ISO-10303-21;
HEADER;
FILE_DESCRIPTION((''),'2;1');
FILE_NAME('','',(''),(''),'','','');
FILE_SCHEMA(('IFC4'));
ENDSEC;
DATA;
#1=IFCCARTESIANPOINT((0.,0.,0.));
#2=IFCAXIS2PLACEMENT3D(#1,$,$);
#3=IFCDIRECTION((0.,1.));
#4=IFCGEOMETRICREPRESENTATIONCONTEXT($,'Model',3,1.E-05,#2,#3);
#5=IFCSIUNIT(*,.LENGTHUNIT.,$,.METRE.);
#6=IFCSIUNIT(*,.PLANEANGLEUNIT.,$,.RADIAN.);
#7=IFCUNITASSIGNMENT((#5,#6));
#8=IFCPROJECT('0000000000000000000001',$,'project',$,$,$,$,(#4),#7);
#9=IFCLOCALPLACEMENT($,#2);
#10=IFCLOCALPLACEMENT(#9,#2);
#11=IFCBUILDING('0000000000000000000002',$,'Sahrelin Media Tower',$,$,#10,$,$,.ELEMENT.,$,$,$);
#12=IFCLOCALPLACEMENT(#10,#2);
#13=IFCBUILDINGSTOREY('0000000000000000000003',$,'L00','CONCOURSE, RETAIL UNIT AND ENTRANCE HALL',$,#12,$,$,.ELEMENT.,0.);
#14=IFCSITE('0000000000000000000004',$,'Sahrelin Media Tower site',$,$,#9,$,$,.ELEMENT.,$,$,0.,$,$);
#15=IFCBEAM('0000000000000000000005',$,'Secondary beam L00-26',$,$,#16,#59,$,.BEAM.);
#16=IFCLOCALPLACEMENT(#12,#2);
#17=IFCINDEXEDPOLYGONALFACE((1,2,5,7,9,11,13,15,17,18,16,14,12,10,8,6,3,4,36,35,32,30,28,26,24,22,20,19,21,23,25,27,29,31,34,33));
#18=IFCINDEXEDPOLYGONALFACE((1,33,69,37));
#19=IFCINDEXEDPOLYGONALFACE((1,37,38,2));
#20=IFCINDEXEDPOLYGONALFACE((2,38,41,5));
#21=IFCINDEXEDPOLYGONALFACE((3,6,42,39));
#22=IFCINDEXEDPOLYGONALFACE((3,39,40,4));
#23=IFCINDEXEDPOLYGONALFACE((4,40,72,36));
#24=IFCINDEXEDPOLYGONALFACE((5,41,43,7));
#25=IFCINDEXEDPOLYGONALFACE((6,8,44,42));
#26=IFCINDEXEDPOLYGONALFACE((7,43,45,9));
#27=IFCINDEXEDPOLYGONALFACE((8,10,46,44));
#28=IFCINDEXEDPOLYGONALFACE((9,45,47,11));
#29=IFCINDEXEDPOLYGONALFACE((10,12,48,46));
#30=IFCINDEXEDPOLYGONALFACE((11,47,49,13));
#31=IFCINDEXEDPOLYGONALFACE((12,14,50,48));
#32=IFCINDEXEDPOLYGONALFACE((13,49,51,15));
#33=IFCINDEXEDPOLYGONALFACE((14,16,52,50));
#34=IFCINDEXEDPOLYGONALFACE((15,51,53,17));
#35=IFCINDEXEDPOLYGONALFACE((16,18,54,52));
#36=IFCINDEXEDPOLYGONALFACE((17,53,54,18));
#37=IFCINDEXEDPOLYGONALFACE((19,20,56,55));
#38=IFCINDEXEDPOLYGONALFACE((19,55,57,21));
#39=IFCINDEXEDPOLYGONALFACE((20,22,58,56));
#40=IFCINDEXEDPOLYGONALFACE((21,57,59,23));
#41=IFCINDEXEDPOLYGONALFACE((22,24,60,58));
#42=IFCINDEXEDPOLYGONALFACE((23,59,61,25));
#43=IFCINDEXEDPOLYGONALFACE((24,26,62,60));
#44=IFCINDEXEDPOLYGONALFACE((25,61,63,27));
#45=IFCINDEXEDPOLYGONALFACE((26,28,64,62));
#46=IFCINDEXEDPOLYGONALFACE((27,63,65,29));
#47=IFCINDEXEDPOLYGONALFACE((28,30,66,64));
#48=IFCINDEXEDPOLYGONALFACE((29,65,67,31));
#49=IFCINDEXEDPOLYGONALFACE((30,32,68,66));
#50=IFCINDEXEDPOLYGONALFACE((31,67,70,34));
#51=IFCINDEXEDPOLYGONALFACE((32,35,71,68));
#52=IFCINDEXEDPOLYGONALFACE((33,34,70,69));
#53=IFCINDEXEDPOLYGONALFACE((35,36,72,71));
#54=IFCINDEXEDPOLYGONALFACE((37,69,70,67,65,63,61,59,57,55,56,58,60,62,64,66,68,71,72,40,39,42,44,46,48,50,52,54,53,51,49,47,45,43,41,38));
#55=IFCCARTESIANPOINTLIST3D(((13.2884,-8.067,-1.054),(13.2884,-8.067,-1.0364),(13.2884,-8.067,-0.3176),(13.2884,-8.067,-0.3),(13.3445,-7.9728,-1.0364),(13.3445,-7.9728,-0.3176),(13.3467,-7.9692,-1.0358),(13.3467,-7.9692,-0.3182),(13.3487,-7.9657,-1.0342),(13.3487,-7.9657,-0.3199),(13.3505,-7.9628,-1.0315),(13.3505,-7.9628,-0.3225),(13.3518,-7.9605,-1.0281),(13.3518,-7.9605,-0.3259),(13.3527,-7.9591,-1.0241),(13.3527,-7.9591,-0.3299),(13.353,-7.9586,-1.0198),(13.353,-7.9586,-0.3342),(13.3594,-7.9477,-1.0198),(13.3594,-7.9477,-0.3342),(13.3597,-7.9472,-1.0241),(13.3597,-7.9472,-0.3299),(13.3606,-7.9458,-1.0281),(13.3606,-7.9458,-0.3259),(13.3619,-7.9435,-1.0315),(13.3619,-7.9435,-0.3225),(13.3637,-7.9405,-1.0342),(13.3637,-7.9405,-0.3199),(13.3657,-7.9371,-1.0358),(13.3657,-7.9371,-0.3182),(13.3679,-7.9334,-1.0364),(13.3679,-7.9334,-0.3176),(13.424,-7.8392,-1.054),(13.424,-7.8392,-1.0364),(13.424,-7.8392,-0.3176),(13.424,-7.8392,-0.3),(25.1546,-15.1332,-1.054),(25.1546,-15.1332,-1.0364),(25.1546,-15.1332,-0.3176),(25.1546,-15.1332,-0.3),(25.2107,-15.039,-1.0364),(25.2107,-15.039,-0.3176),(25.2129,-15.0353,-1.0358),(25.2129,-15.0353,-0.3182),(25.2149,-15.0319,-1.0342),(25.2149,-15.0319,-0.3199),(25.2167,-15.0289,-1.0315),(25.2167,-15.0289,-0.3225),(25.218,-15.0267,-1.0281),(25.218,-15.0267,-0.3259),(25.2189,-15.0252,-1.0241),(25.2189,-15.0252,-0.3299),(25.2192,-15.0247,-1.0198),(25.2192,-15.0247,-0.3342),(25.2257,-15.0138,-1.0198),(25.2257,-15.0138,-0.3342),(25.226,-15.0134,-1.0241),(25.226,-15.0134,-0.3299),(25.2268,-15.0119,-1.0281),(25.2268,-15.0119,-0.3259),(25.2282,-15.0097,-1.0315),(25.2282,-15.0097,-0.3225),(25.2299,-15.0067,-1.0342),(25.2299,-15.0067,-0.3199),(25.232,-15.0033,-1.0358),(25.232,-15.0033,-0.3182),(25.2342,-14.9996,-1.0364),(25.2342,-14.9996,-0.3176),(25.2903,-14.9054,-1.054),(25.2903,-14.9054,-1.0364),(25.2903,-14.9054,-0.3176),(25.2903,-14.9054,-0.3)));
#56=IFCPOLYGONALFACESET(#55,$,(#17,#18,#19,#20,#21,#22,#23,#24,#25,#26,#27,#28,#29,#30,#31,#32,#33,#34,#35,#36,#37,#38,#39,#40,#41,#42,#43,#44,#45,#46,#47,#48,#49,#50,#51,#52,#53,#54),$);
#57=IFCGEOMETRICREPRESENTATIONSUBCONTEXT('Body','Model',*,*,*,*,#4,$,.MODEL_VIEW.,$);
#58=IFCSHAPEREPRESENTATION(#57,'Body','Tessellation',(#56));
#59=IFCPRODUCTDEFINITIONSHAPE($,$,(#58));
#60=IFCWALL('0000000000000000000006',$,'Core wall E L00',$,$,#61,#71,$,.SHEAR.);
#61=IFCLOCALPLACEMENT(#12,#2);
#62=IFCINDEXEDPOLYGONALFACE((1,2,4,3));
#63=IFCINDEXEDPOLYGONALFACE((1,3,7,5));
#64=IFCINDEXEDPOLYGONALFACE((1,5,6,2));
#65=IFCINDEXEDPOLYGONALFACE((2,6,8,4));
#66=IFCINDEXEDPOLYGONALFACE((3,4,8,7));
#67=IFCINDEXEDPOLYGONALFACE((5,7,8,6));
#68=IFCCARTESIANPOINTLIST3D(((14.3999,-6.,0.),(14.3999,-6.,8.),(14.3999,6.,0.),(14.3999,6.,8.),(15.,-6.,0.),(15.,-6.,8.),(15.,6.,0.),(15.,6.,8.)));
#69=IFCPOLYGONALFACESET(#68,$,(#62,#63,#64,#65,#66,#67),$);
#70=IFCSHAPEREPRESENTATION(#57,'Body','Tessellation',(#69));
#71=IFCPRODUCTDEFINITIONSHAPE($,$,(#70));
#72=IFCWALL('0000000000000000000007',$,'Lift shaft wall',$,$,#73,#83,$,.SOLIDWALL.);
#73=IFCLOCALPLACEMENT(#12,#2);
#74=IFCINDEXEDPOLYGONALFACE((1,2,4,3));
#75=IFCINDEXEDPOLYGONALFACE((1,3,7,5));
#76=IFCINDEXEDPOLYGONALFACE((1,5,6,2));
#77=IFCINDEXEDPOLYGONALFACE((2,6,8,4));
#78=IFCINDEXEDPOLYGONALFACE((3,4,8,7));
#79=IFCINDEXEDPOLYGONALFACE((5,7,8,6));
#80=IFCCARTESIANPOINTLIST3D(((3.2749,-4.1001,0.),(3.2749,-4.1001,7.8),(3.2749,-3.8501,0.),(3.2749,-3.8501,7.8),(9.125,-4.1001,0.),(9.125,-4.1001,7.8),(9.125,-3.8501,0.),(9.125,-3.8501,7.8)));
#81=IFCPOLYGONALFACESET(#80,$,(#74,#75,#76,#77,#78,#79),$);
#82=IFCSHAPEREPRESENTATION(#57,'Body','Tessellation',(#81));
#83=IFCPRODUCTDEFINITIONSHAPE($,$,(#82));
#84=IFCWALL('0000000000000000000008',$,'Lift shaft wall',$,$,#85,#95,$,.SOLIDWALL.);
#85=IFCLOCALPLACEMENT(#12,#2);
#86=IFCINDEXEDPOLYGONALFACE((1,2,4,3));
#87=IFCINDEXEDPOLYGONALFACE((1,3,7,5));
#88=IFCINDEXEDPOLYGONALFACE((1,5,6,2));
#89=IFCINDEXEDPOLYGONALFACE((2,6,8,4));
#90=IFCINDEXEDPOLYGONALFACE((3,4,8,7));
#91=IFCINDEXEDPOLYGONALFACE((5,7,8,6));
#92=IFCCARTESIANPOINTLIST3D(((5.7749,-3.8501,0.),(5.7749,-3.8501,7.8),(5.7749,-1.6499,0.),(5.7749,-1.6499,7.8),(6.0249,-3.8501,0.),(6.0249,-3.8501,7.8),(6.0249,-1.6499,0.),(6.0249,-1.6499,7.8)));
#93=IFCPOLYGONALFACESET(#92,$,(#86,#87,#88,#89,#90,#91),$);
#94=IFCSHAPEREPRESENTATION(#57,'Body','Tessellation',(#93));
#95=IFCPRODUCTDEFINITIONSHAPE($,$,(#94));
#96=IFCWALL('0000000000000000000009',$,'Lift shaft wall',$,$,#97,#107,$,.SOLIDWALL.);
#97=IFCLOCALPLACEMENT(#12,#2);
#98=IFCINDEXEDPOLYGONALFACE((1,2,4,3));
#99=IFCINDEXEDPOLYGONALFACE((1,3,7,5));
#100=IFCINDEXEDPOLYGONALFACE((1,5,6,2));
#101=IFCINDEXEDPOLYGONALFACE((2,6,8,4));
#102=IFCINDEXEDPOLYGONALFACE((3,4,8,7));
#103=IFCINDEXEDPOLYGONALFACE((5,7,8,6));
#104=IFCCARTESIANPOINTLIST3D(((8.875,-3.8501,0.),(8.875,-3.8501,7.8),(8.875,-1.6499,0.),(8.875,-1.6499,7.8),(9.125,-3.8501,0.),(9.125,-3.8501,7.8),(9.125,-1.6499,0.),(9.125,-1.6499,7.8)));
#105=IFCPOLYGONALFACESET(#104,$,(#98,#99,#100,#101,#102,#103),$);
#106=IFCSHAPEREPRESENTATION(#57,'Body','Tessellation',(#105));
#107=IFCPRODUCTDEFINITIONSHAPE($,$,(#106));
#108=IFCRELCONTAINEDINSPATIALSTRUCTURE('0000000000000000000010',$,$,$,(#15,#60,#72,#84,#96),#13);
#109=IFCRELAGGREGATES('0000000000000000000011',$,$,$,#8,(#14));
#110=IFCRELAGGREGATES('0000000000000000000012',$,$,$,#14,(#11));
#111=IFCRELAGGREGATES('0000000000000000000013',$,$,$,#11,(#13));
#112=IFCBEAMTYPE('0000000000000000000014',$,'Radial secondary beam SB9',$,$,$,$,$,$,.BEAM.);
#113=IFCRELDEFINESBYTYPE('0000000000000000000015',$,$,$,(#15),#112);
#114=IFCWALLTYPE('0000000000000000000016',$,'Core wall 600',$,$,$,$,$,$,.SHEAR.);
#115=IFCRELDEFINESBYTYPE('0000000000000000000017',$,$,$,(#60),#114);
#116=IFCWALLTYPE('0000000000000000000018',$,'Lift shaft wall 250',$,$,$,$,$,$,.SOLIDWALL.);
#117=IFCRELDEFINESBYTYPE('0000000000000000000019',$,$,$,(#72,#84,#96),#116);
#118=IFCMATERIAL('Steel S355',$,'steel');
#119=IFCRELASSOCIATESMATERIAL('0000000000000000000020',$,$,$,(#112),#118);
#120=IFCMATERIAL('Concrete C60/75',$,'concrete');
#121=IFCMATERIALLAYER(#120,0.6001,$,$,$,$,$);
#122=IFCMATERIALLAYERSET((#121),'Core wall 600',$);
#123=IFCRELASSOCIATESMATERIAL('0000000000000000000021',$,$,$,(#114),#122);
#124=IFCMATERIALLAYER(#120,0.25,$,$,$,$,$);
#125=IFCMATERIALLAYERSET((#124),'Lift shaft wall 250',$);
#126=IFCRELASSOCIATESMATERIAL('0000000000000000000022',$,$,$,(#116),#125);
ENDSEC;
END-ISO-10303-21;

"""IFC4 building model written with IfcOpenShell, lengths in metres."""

from ifc_helpers import new_model, si_unit, direction, frame, frame_2d, origin, origin_2d, place, context, subcontext, project, spatial, rectangle, i_section, extrude, material, layer, layer_set, material_profile, profile_set, type_object, element, save


model = new_model("IFC4")

# Units and contexts
model_context = context("Model", 3, precision=1e-05, world=origin(), true_north=direction((0.0, 1.0)))
body_context = subcontext(model_context, "Body", "Model", "MODEL_VIEW")
ifc_project = project(units=[si_unit("LENGTHUNIT", "METRE"), si_unit("PLANEANGLEUNIT", "RADIAN")], contexts=[model_context])

# Site, building, storey
site_placement = place(None, origin())
site = spatial("IfcSite", under=ifc_project, at=site_placement, Name="Sahrelin Media Tower site", CompositionType="ELEMENT", RefElevation=0.0)
building_placement = place(site_placement, origin())
building = spatial("IfcBuilding", under=site, at=building_placement, Name="Sahrelin Media Tower", CompositionType="ELEMENT")
storey_placement = place(building_placement, origin())
storey = spatial("IfcBuildingStorey", under=building, at=storey_placement, Name="L00", Description="CONCOURSE, RETAIL UNIT AND ENTRANCE HALL", CompositionType="ELEMENT", Elevation=0.0)

# Beam
ifc_material_1 = material(Name="Steel S355", Category="steel")
ifc_material_profile_1 = material_profile(ifc_material_1, i_section(OverallWidth=0.2651, OverallDepth=0.7539, WebThickness=0.0127, FlangeThickness=0.0176, FilletRadius=0.0166, at=origin_2d()), Name="UB 762x267x147")
ifc_profile_set_1 = profile_set([ifc_material_profile_1], Name="Steel S355")
beam_type_1 = type_object("IfcBeamType", Name="Radial secondary beam SB9", PredefinedType="BEAM", material=ifc_profile_set_1)
beam_1_placement = place(storey_placement, frame((13.3562, -7.9531, -0.677), z_axis=(0.859199, -0.511641, 0.0), x_axis=(0.511641, 0.859199, 0.0)))
element("IfcBeam", 1, at=beam_1_placement, inside=storey, type_object=beam_type_1, Name="Secondary beam L00-26", PredefinedType="BEAM", context=body_context, shape_type="SweptSolid", body=[
    extrude(i_section(OverallWidth=0.2651, OverallDepth=0.7539, WebThickness=0.0127, FlangeThickness=0.0176, FilletRadius=0.0166, at=origin_2d()), origin(), (0.0, 0.0, 1.0), 13.8108),
])

# Walls
ifc_material_2 = material(Name="Concrete C60/75", Category="concrete")
ifc_layer_1 = layer(ifc_material_2, 0.6001)
ifc_layer_set_1 = layer_set([ifc_layer_1], Name="Core wall 600")
wall_type_1 = type_object("IfcWallType", Name="Core wall 600", PredefinedType="SHEAR", material=ifc_layer_set_1)
wall_1_placement = place(storey_placement, frame((14.7, -6.0, 0.0), z_axis=(0.0, 0.0, 1.0), x_axis=(0.0, 1.0, 0.0)))
element("IfcWall", 2, at=wall_1_placement, inside=storey, type_object=wall_type_1, Name="Core wall E L00", PredefinedType="SHEAR", context=body_context, shape_type="SweptSolid", body=[
    extrude(rectangle(XDim=12.0, YDim=0.6001, at=frame_2d((6.0, 0.0))), origin(), (0.0, 0.0, 1.0), 8.0),
])
ifc_layer_2 = layer(ifc_material_2, 0.25)
ifc_layer_set_2 = layer_set([ifc_layer_2], Name="Lift shaft wall 250")
wall_type_2 = type_object("IfcWallType", Name="Lift shaft wall 250", PredefinedType="SOLIDWALL", material=ifc_layer_set_2)
wall_2_placement = place(storey_placement, frame((3.2749, -3.9751, 0.0), z_axis=(0.0, 0.0, 1.0), x_axis=(1.0, 0.0, 0.0)))
element("IfcWall", 3, at=wall_2_placement, inside=storey, type_object=wall_type_2, Name="Lift shaft wall", PredefinedType="SOLIDWALL", context=body_context, shape_type="SweptSolid", body=[
    extrude(rectangle(XDim=5.8501, YDim=0.25, at=frame_2d((2.925, 0.0))), origin(), (0.0, 0.0, 1.0), 7.8),
])
for number, where, z_axis, x_axis, name in (
    (4, (5.8999, -3.8501, 0.0), (0.0, 0.0, 1.0), (0.0, 1.0, 0.0), "Lift shaft wall"),
    (5, (9.0, -3.8501, 0.0), (0.0, 0.0, 1.0), (0.0, 1.0, 0.0), "Lift shaft wall"),
):
    element("IfcWall", number, at=place(storey_placement, frame(where, z_axis=z_axis, x_axis=x_axis)), inside=storey, type_object=wall_type_2, Name=name, PredefinedType="SOLIDWALL", context=body_context, shape_type="SweptSolid", body=[
        extrude(rectangle(XDim=2.2002, YDim=0.25, at=frame_2d((1.1001, 0.0))), origin(), (0.0, 0.0, 1.0), 7.8),
    ])

save(model, "model.ifc")
